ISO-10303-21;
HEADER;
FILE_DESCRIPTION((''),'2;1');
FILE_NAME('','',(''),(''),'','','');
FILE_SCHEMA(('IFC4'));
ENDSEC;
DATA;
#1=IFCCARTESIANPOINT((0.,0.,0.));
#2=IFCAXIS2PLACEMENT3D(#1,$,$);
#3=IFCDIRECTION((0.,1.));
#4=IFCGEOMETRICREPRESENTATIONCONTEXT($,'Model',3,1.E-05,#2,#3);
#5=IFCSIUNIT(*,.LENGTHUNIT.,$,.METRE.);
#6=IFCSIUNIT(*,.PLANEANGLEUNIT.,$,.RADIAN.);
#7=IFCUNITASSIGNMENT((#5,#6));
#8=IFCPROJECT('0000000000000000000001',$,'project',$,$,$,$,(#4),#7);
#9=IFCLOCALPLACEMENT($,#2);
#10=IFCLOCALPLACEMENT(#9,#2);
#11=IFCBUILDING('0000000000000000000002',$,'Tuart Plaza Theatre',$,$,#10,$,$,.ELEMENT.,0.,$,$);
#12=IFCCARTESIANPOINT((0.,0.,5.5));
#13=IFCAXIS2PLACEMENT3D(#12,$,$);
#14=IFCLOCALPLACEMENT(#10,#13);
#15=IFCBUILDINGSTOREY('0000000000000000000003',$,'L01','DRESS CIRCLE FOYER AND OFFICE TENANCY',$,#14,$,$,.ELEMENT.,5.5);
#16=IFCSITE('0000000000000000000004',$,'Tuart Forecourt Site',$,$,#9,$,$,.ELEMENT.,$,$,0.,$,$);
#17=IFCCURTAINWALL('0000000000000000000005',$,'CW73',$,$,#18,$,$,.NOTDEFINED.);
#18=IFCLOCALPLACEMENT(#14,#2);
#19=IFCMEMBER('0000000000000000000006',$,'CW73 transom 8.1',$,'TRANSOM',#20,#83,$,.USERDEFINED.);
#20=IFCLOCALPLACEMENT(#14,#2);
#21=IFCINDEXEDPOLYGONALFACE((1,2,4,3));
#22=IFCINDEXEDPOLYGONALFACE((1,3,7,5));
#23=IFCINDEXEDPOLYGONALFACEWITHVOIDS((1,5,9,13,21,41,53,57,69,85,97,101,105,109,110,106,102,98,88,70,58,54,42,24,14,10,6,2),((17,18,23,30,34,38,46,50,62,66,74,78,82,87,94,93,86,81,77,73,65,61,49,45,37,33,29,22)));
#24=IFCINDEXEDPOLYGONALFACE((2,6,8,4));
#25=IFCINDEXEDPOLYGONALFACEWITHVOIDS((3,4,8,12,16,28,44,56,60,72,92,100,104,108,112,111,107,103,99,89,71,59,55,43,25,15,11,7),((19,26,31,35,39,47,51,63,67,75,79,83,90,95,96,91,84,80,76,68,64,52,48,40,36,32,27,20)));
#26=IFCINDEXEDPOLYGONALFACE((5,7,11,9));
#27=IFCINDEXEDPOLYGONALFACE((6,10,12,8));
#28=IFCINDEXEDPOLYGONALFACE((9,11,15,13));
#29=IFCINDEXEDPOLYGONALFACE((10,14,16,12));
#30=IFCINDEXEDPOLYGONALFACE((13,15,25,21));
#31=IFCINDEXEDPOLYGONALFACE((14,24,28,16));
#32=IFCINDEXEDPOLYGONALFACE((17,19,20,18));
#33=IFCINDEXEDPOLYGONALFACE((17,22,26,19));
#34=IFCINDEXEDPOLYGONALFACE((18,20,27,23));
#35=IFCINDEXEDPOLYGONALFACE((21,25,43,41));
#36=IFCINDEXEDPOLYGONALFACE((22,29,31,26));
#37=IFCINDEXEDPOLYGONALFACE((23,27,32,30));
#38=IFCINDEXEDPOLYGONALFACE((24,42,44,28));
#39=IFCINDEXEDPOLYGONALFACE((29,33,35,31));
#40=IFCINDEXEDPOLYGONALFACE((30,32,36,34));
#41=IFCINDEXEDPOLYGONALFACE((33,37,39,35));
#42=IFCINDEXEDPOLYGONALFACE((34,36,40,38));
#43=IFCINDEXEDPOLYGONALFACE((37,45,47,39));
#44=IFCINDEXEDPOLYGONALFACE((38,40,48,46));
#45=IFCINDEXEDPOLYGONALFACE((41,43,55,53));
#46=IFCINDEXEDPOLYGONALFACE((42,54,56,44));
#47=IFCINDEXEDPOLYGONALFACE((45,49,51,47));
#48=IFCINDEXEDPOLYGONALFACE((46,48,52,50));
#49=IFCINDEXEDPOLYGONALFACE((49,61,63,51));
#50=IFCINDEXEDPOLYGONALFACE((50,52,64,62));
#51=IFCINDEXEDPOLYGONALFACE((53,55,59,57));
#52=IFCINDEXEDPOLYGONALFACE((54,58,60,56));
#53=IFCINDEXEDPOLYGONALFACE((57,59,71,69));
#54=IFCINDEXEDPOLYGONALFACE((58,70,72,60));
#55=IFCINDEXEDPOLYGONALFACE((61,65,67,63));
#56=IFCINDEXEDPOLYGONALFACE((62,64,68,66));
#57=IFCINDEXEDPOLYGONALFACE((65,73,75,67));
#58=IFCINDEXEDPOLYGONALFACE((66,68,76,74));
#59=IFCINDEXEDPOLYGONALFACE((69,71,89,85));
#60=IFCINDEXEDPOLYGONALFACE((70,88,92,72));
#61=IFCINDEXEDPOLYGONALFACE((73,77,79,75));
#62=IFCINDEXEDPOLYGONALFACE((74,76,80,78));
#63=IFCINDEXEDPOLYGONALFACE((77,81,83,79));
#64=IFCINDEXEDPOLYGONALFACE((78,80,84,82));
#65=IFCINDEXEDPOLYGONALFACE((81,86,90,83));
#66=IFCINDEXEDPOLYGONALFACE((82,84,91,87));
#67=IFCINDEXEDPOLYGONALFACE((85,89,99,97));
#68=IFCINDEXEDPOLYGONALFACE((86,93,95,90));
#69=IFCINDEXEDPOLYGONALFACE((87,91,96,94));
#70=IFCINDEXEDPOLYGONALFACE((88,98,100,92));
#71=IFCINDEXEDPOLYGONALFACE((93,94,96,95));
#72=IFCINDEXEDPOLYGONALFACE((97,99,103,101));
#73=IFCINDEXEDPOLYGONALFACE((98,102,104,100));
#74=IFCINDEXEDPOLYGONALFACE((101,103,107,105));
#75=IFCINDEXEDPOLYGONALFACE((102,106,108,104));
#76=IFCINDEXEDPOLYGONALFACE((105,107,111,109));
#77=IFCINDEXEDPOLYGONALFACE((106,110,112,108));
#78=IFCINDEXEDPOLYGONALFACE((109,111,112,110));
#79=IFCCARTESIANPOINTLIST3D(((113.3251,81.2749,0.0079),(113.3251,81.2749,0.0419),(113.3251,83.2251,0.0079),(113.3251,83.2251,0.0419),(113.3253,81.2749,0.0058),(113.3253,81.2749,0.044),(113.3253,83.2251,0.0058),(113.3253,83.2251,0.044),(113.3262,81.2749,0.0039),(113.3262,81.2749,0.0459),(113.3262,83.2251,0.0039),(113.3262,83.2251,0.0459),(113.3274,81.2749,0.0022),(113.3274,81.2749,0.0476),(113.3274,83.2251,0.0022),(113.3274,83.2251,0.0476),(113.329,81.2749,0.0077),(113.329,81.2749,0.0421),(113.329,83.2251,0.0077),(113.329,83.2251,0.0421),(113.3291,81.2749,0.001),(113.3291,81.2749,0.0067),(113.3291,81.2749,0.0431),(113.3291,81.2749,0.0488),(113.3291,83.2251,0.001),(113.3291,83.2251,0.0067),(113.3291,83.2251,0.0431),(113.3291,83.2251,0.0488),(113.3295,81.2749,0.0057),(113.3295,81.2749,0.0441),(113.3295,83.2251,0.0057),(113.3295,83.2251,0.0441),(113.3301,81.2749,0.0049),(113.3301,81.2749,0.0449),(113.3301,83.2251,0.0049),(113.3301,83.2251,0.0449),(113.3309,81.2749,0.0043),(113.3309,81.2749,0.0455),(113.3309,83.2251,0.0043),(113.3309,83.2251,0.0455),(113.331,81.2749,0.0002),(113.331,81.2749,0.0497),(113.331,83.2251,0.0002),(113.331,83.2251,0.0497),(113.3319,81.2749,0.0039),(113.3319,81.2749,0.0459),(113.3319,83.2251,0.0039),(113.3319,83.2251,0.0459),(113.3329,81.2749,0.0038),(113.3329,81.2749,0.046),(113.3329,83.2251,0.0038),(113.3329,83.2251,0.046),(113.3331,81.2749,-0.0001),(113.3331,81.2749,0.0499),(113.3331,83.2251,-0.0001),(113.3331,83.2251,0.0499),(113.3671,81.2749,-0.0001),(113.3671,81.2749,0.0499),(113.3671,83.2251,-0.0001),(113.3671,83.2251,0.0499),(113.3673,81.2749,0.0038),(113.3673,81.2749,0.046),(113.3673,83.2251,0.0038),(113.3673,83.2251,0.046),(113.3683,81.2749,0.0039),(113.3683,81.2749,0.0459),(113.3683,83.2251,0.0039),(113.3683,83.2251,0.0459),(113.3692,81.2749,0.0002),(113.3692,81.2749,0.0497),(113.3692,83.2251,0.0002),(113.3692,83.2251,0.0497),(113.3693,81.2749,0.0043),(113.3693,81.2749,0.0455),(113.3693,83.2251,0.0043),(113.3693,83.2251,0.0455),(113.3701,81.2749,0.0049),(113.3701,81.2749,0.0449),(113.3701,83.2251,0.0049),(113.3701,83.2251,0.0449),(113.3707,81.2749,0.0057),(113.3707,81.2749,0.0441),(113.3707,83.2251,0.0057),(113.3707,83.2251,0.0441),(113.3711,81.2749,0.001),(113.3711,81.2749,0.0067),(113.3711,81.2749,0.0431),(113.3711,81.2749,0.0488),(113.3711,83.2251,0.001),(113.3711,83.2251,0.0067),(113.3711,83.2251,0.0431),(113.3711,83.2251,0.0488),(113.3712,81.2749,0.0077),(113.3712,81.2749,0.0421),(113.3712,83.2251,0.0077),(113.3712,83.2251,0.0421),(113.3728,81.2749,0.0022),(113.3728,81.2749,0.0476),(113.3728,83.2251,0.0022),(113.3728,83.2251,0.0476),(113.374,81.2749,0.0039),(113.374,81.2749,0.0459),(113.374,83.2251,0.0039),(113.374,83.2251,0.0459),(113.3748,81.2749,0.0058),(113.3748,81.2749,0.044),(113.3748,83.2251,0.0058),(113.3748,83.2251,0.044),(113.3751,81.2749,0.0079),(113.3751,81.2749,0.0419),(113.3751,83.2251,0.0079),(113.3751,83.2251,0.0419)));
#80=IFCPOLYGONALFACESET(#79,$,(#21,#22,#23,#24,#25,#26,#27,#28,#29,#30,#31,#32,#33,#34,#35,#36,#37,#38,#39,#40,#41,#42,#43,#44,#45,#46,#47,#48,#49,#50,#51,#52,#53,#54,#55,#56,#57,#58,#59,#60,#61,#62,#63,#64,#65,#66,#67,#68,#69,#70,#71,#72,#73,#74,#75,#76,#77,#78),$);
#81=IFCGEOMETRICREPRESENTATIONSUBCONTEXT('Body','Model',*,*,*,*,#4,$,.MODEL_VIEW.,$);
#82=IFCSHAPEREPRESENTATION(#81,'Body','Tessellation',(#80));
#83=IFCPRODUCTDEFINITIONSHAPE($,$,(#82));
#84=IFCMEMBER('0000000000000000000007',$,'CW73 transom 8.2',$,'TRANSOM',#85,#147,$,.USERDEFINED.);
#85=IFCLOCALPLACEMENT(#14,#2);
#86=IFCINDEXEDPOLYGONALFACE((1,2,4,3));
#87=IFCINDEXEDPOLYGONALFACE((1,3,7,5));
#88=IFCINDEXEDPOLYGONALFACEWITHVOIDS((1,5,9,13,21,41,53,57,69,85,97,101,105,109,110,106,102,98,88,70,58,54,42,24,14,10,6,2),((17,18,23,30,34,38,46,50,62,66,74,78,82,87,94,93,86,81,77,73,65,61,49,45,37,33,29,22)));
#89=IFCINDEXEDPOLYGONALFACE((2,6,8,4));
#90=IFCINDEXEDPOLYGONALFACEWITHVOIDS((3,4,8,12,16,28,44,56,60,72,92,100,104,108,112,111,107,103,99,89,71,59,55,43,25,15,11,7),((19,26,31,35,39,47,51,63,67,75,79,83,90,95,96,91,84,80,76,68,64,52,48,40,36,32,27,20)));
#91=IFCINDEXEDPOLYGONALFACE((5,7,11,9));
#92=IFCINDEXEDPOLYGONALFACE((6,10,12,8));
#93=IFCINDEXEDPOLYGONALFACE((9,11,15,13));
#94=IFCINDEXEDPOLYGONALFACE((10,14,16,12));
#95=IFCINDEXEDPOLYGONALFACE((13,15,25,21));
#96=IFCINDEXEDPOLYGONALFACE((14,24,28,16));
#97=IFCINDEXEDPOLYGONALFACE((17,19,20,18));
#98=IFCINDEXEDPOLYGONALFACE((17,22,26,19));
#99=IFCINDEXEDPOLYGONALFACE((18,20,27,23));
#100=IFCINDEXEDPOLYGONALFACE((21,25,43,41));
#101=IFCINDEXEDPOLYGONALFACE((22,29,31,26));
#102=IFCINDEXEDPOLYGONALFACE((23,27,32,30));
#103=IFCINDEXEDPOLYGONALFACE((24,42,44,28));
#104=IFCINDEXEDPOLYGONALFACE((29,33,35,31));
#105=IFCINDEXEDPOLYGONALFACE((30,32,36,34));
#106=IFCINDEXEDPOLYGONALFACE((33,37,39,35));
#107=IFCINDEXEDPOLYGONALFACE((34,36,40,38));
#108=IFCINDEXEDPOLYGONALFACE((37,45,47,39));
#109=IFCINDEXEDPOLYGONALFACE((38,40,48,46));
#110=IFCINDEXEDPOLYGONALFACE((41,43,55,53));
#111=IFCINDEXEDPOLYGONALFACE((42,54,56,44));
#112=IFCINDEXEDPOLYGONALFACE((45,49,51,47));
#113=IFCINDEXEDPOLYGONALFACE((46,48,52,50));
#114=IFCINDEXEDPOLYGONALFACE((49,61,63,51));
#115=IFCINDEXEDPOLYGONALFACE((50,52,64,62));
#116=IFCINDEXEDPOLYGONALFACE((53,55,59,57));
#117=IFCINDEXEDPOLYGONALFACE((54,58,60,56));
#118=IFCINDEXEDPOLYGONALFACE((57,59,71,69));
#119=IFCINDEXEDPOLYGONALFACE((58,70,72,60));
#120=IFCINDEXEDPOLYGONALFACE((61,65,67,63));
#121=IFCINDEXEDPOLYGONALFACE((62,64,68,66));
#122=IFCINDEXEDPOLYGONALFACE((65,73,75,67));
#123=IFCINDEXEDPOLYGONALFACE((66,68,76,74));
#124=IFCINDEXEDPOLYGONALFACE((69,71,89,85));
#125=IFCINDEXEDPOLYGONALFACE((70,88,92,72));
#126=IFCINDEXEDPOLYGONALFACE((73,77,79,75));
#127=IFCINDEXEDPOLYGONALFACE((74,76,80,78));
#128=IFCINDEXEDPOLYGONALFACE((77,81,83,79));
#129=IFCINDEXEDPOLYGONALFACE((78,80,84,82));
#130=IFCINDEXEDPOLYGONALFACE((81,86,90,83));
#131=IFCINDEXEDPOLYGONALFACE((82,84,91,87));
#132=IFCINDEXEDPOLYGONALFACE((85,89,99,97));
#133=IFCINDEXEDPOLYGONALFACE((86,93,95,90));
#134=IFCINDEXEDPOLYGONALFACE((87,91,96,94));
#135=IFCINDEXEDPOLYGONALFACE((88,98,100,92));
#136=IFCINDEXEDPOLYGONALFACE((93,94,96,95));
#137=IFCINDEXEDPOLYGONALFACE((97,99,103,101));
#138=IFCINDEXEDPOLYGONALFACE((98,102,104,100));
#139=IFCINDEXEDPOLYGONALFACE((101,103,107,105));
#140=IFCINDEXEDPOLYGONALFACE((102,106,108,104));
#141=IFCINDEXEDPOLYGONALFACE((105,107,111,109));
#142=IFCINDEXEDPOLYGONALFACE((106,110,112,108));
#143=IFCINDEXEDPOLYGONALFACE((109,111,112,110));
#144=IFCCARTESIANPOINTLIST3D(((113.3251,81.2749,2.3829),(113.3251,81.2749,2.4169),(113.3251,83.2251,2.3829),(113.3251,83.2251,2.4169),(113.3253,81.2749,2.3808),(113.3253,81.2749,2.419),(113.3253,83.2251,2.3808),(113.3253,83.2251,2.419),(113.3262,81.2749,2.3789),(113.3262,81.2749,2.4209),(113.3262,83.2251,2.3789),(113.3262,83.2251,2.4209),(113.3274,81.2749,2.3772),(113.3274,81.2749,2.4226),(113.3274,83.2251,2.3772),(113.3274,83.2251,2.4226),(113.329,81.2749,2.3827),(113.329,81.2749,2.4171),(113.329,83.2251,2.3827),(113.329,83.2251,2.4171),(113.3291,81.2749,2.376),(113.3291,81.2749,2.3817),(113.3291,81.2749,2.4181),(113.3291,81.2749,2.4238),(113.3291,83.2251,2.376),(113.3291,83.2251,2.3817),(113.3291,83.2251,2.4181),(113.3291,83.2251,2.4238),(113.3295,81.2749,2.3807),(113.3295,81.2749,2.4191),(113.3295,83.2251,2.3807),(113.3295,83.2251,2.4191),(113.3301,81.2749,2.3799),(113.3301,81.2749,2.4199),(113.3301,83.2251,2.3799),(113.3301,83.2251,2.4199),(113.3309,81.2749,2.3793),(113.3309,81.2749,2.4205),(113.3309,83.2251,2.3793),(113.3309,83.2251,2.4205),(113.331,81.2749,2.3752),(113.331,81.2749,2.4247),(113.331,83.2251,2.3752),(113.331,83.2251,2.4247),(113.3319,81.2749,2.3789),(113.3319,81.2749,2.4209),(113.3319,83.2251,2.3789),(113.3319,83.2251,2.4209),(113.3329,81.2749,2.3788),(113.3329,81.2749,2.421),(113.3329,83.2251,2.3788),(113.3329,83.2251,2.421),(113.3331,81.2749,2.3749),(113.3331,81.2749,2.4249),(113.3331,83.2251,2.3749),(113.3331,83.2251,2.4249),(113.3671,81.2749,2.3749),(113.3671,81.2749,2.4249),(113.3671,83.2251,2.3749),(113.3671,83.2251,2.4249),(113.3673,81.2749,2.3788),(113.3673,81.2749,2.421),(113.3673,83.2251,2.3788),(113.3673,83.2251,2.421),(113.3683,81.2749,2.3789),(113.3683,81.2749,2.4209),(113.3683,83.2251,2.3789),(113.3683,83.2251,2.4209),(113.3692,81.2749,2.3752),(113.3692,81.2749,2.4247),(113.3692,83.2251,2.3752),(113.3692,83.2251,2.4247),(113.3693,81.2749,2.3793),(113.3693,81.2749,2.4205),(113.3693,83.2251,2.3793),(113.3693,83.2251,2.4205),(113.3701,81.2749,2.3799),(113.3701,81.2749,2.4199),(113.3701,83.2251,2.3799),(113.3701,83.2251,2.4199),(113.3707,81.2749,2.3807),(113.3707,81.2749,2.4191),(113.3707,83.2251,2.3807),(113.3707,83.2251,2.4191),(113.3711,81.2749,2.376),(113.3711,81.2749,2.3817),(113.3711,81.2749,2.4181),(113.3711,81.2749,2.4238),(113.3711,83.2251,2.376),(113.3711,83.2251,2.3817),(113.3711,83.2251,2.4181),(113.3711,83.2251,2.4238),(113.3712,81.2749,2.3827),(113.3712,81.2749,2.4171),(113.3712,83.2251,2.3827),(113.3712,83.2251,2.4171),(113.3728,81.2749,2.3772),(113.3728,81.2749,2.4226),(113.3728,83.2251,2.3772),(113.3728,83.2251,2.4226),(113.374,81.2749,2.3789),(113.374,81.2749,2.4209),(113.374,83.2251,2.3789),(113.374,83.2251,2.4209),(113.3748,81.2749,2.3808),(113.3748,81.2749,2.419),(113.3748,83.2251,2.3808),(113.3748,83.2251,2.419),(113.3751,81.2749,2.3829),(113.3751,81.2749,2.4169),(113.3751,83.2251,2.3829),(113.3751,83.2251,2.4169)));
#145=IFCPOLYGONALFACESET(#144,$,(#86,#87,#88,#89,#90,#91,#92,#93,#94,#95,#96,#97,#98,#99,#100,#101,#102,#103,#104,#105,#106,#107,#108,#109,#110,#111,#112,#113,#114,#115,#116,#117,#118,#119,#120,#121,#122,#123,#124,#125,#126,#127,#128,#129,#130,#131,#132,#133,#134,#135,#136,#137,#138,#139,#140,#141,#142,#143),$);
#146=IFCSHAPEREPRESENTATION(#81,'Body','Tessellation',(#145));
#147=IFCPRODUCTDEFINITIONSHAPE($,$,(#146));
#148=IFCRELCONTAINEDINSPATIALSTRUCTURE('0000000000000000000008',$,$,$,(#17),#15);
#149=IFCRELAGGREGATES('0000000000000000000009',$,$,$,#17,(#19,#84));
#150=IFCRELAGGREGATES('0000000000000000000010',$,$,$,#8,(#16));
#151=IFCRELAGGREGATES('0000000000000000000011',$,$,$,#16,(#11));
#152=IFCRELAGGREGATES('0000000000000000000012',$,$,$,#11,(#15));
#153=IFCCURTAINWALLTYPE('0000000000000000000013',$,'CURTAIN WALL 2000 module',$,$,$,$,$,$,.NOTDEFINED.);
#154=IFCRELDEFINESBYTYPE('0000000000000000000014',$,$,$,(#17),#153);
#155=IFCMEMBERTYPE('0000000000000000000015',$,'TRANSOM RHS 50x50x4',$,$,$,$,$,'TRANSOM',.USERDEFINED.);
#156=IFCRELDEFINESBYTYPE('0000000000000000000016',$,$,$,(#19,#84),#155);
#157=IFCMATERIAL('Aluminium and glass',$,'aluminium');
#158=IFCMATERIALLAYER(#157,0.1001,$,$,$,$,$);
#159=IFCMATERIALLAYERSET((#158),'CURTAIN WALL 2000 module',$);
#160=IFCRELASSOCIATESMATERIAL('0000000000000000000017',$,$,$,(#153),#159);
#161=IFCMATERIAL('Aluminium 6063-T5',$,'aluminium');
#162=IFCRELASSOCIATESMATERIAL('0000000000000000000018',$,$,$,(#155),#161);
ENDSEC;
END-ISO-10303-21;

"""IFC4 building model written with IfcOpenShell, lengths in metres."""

from ifc_helpers import new_model, si_unit, direction, frame, origin, origin_2d, place, context, subcontext, project, spatial, hollow_rectangle, extrude, material, layer, layer_set, material_profile, profile_set, type_object, element, aggregate, save


model = new_model("IFC4")

# Units and contexts
model_context = context("Model", 3, precision=1e-05, world=origin(), true_north=direction((0.0, 1.0)))
body_context = subcontext(model_context, "Body", "Model", "MODEL_VIEW")
ifc_project = project(units=[si_unit("LENGTHUNIT", "METRE"), si_unit("PLANEANGLEUNIT", "RADIAN")], contexts=[model_context])

# Site, building, storey
site_placement = place(None, origin())
site = spatial("IfcSite", under=ifc_project, at=site_placement, Name="Tuart Forecourt Site", CompositionType="ELEMENT", RefElevation=0.0)
building_placement = place(site_placement, origin())
building = spatial("IfcBuilding", under=site, at=building_placement, Name="Tuart Plaza Theatre", CompositionType="ELEMENT", ElevationOfRefHeight=0.0)
storey_placement = place(building_placement, frame((0.0, 0.0, 5.5)))
storey = spatial("IfcBuildingStorey", under=building, at=storey_placement, Name="L01", Description="DRESS CIRCLE FOYER AND OFFICE TENANCY", CompositionType="ELEMENT", Elevation=5.5)

# Curtain wall, members
ifc_material_1 = material(Name="Aluminium and glass", Category="aluminium")
ifc_layer_1 = layer(ifc_material_1, 0.1001)
ifc_layer_set_1 = layer_set([ifc_layer_1], Name="CURTAIN WALL 2000 module")
curtain_wall_type = type_object("IfcCurtainWallType", Name="CURTAIN WALL 2000 module", PredefinedType="NOTDEFINED", material=ifc_layer_set_1)
curtain_wall_placement = place(storey_placement, origin())
curtain_wall = element("IfcCurtainWall", 1, at=curtain_wall_placement, inside=storey, type_object=curtain_wall_type, Name="CW73", PredefinedType="NOTDEFINED")
ifc_material_2 = material(Name="Aluminium 6063-T5", Category="aluminium")
ifc_material_profile_1 = material_profile(ifc_material_2, hollow_rectangle(XDim=0.05, YDim=0.05, WallThickness=0.0039, InnerFilletRadius=0.0039, OuterFilletRadius=0.0081, at=origin_2d()), Name="RHS 50x50x4")
ifc_profile_set_1 = profile_set([ifc_material_profile_1], Name="Aluminium 6063-T5")
member_type_1 = type_object("IfcMemberType", Name="TRANSOM RHS 50x50x4", ElementType="TRANSOM", PredefinedType="USERDEFINED", material=ifc_profile_set_1)
member_1_placement = place(storey_placement, frame((113.3501, 83.2251, 0.0249), z_axis=(0.0, -1.0, 0.0), x_axis=(1.0, 0.0, 0.0)))
member_1 = element("IfcMember", 2, at=member_1_placement, type_object=member_type_1, Name="CW73 transom 8.1", ObjectType="TRANSOM", PredefinedType="USERDEFINED", context=body_context, shape_type="SweptSolid", body=[
    extrude(hollow_rectangle(XDim=0.05, YDim=0.05, WallThickness=0.0039, InnerFilletRadius=0.0039, OuterFilletRadius=0.0081, at=origin_2d()), origin(), (0.0, 0.0, 1.0), 1.9502),
])
member_2_placement = place(storey_placement, frame((113.3501, 83.2251, 2.3999), z_axis=(0.0, -1.0, 0.0), x_axis=(1.0, 0.0, 0.0)))
member_2 = element("IfcMember", 3, at=member_2_placement, type_object=member_type_1, Name="CW73 transom 8.2", ObjectType="TRANSOM", PredefinedType="USERDEFINED", context=body_context, shape_type="SweptSolid", body=[
    extrude(hollow_rectangle(XDim=0.05, YDim=0.05, WallThickness=0.0039, InnerFilletRadius=0.0039, OuterFilletRadius=0.0081, at=origin_2d()), origin(), (0.0, 0.0, 1.0), 1.9502),
])
aggregate(curtain_wall, [member_1, member_2])

save(model, "model.ifc")
